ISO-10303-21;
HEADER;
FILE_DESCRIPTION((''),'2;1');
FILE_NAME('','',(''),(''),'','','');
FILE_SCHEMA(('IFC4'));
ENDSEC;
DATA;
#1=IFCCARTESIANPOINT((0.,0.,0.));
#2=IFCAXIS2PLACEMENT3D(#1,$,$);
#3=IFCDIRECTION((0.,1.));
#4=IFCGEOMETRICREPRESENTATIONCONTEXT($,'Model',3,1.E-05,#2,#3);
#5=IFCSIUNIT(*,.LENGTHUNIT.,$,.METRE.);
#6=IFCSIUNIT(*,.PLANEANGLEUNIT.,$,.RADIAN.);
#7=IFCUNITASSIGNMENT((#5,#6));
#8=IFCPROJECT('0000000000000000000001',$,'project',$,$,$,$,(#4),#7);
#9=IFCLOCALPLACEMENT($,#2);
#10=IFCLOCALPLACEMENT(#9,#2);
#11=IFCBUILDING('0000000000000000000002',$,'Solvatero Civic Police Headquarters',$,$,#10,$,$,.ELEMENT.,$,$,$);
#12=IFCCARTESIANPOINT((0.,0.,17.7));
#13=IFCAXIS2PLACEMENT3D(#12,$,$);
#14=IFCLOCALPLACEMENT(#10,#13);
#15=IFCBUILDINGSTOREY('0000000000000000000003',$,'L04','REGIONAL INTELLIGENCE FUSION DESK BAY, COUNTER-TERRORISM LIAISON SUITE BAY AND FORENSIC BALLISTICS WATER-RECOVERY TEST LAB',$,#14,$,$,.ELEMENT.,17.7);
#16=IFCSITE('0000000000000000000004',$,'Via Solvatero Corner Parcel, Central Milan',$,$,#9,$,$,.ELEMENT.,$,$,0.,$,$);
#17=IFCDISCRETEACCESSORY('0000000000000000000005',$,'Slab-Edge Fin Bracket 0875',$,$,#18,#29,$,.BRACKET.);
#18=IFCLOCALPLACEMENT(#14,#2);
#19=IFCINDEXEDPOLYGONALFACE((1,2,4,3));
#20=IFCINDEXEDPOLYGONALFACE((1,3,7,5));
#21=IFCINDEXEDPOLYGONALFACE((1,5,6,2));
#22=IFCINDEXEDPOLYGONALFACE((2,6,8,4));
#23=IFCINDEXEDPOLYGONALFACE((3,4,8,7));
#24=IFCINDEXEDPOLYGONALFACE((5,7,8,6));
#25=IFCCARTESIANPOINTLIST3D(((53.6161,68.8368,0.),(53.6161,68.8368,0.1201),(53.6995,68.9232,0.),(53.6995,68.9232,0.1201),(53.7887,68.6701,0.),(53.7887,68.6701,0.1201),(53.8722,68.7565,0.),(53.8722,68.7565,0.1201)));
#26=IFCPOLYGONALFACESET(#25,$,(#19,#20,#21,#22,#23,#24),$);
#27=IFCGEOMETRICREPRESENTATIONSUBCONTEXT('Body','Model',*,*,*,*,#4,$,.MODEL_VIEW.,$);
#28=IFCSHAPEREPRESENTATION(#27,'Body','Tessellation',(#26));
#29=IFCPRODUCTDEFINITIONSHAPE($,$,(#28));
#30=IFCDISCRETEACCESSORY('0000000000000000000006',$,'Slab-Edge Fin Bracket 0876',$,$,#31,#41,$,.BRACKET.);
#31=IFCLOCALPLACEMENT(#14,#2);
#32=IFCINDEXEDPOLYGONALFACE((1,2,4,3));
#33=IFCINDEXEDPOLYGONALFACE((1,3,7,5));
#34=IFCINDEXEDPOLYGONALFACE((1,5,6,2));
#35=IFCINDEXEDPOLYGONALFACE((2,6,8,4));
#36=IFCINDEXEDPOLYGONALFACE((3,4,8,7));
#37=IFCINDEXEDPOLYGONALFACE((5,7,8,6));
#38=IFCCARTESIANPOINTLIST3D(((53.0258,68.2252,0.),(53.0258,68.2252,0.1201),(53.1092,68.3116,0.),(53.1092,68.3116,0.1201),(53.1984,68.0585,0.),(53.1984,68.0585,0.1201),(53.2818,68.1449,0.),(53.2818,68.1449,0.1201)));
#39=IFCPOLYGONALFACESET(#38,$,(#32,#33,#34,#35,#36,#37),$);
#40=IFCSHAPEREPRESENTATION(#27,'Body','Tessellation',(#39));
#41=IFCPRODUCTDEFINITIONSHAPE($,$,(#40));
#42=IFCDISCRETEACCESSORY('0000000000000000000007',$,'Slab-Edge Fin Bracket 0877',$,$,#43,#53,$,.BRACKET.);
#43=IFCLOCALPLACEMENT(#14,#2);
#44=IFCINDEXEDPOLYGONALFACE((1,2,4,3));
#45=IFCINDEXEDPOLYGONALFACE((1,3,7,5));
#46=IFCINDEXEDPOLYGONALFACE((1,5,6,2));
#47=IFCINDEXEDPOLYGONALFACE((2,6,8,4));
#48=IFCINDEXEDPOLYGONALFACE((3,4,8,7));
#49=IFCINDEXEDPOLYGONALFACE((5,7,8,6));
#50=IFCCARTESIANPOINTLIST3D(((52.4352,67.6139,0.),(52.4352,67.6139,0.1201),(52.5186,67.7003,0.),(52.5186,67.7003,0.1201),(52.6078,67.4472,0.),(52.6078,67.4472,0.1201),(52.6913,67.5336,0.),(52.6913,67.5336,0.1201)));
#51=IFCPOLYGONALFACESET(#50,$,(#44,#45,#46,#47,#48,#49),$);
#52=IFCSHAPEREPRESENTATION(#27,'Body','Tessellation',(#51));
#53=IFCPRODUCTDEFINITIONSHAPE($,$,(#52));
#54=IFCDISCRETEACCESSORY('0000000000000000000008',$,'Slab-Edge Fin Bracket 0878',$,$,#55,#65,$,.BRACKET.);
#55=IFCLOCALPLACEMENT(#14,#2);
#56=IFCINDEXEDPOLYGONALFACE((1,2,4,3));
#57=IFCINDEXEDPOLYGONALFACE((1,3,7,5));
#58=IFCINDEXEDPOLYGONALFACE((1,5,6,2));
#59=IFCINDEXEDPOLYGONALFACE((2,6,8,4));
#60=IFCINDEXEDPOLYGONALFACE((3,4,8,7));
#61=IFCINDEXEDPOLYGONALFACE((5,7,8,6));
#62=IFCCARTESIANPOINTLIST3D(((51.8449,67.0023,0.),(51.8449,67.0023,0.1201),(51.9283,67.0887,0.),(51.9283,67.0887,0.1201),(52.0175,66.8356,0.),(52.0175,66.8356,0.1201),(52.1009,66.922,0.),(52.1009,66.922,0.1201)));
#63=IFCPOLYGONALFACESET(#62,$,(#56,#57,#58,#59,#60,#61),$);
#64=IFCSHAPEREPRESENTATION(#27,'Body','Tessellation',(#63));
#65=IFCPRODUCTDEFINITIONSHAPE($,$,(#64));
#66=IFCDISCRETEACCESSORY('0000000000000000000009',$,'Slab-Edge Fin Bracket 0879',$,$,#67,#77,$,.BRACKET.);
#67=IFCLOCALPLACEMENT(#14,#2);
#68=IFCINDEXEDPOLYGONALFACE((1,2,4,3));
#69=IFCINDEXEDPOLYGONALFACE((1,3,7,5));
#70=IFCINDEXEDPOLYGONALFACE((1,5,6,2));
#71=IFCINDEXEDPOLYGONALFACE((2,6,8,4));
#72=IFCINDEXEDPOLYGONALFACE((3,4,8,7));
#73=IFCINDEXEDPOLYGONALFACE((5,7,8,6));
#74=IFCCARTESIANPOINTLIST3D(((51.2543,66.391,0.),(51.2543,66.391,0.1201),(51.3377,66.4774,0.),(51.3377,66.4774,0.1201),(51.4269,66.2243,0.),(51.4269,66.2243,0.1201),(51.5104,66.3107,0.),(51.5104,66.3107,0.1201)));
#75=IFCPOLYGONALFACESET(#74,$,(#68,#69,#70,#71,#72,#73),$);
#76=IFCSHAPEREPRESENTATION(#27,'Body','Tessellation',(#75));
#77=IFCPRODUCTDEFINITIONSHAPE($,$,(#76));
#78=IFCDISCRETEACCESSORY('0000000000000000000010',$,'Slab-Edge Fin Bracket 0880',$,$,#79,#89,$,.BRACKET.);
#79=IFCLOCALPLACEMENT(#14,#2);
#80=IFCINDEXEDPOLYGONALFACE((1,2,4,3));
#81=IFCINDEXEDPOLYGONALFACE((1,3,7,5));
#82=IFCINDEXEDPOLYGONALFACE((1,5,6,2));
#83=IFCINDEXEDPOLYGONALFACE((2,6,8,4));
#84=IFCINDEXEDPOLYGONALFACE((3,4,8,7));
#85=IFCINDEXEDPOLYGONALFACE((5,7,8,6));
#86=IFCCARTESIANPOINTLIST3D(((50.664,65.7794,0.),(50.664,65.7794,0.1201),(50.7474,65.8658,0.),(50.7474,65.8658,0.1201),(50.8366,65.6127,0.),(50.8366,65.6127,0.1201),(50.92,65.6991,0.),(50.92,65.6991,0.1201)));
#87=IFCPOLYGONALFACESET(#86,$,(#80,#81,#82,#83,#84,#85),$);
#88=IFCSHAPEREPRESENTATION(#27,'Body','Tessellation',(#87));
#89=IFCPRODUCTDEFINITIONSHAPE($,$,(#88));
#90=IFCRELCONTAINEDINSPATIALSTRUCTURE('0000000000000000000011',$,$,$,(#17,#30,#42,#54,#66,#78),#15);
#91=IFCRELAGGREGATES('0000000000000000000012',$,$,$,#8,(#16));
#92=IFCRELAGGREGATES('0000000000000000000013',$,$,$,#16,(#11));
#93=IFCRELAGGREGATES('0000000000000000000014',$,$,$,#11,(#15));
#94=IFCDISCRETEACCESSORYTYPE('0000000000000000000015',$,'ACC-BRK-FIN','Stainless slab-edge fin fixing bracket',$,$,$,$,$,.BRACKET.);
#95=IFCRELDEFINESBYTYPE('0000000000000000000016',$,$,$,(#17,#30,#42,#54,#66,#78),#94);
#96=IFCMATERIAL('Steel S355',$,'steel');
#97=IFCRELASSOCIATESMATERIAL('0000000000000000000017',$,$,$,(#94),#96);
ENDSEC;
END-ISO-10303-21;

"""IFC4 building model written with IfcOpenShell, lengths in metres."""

from ifc_helpers import new_model, si_unit, direction, frame, origin, origin_2d, place, context, subcontext, project, spatial, rectangle, extrude, material, type_object, element, save


model = new_model("IFC4")

# Units and contexts
model_context = context("Model", 3, precision=1e-05, world=origin(), true_north=direction((0.0, 1.0)))
body_context = subcontext(model_context, "Body", "Model", "MODEL_VIEW")
ifc_project = project(units=[si_unit("LENGTHUNIT", "METRE"), si_unit("PLANEANGLEUNIT", "RADIAN")], contexts=[model_context])

# Site, building, storey
site_placement = place(None, origin())
site = spatial("IfcSite", under=ifc_project, at=site_placement, Name="Via Solvatero Corner Parcel, Central Milan", CompositionType="ELEMENT", RefElevation=0.0)
building_placement = place(site_placement, origin())
building = spatial("IfcBuilding", under=site, at=building_placement, Name="Solvatero Civic Police Headquarters", CompositionType="ELEMENT")
storey_placement = place(building_placement, frame((0.0, 0.0, 17.7)))
storey = spatial("IfcBuildingStorey", under=building, at=storey_placement, Name="L04", Description="REGIONAL INTELLIGENCE FUSION DESK BAY, COUNTER-TERRORISM LIAISON SUITE BAY AND FORENSIC BALLISTICS WATER-RECOVERY TEST LAB", CompositionType="ELEMENT", Elevation=17.7)

# Discrete accessories
ifc_material_1 = material(Name="Steel S355", Category="steel")
discrete_accessory_type = type_object("IfcDiscreteAccessoryType", Name="ACC-BRK-FIN", Description="Stainless slab-edge fin fixing bracket", PredefinedType="BRACKET", material=ifc_material_1)
for number, where, z_axis, x_axis, name in (
    (1, (53.7441, 68.7966, 0.0), (0.0, 0.0, 1.0), (-0.694646, -0.719352, 0.0), "Slab-Edge Fin Bracket 0875"),
    (2, (53.1538, 68.1851, 0.0), (0.0, 0.0, 1.0), (-0.694646, -0.719352, 0.0), "Slab-Edge Fin Bracket 0876"),
    (3, (52.5632, 67.5737, 0.0), (0.0, 0.0, 1.0), (-0.694646, -0.719352, 0.0), "Slab-Edge Fin Bracket 0877"),
    (4, (51.9729, 66.9622, 0.0), (0.0, 0.0, 1.0), (-0.694646, -0.719352, 0.0), "Slab-Edge Fin Bracket 0878"),
    (5, (51.3823, 66.3508, 0.0), (0.0, 0.0, 1.0), (-0.694646, -0.719352, 0.0), "Slab-Edge Fin Bracket 0879"),
    (6, (50.792, 65.7393, 0.0), (0.0, 0.0, 1.0), (-0.694646, -0.719352, 0.0), "Slab-Edge Fin Bracket 0880"),
):
    element("IfcDiscreteAccessory", number, at=place(storey_placement, frame(where, z_axis=z_axis, x_axis=x_axis)), inside=storey, type_object=discrete_accessory_type, Name=name, PredefinedType="BRACKET", context=body_context, shape_type="SweptSolid", body=[
        extrude(rectangle(XDim=0.1201, YDim=0.24, at=origin_2d()), origin(), (0.0, 0.0, 1.0), 0.1201),
    ])

save(model, "model.ifc")
